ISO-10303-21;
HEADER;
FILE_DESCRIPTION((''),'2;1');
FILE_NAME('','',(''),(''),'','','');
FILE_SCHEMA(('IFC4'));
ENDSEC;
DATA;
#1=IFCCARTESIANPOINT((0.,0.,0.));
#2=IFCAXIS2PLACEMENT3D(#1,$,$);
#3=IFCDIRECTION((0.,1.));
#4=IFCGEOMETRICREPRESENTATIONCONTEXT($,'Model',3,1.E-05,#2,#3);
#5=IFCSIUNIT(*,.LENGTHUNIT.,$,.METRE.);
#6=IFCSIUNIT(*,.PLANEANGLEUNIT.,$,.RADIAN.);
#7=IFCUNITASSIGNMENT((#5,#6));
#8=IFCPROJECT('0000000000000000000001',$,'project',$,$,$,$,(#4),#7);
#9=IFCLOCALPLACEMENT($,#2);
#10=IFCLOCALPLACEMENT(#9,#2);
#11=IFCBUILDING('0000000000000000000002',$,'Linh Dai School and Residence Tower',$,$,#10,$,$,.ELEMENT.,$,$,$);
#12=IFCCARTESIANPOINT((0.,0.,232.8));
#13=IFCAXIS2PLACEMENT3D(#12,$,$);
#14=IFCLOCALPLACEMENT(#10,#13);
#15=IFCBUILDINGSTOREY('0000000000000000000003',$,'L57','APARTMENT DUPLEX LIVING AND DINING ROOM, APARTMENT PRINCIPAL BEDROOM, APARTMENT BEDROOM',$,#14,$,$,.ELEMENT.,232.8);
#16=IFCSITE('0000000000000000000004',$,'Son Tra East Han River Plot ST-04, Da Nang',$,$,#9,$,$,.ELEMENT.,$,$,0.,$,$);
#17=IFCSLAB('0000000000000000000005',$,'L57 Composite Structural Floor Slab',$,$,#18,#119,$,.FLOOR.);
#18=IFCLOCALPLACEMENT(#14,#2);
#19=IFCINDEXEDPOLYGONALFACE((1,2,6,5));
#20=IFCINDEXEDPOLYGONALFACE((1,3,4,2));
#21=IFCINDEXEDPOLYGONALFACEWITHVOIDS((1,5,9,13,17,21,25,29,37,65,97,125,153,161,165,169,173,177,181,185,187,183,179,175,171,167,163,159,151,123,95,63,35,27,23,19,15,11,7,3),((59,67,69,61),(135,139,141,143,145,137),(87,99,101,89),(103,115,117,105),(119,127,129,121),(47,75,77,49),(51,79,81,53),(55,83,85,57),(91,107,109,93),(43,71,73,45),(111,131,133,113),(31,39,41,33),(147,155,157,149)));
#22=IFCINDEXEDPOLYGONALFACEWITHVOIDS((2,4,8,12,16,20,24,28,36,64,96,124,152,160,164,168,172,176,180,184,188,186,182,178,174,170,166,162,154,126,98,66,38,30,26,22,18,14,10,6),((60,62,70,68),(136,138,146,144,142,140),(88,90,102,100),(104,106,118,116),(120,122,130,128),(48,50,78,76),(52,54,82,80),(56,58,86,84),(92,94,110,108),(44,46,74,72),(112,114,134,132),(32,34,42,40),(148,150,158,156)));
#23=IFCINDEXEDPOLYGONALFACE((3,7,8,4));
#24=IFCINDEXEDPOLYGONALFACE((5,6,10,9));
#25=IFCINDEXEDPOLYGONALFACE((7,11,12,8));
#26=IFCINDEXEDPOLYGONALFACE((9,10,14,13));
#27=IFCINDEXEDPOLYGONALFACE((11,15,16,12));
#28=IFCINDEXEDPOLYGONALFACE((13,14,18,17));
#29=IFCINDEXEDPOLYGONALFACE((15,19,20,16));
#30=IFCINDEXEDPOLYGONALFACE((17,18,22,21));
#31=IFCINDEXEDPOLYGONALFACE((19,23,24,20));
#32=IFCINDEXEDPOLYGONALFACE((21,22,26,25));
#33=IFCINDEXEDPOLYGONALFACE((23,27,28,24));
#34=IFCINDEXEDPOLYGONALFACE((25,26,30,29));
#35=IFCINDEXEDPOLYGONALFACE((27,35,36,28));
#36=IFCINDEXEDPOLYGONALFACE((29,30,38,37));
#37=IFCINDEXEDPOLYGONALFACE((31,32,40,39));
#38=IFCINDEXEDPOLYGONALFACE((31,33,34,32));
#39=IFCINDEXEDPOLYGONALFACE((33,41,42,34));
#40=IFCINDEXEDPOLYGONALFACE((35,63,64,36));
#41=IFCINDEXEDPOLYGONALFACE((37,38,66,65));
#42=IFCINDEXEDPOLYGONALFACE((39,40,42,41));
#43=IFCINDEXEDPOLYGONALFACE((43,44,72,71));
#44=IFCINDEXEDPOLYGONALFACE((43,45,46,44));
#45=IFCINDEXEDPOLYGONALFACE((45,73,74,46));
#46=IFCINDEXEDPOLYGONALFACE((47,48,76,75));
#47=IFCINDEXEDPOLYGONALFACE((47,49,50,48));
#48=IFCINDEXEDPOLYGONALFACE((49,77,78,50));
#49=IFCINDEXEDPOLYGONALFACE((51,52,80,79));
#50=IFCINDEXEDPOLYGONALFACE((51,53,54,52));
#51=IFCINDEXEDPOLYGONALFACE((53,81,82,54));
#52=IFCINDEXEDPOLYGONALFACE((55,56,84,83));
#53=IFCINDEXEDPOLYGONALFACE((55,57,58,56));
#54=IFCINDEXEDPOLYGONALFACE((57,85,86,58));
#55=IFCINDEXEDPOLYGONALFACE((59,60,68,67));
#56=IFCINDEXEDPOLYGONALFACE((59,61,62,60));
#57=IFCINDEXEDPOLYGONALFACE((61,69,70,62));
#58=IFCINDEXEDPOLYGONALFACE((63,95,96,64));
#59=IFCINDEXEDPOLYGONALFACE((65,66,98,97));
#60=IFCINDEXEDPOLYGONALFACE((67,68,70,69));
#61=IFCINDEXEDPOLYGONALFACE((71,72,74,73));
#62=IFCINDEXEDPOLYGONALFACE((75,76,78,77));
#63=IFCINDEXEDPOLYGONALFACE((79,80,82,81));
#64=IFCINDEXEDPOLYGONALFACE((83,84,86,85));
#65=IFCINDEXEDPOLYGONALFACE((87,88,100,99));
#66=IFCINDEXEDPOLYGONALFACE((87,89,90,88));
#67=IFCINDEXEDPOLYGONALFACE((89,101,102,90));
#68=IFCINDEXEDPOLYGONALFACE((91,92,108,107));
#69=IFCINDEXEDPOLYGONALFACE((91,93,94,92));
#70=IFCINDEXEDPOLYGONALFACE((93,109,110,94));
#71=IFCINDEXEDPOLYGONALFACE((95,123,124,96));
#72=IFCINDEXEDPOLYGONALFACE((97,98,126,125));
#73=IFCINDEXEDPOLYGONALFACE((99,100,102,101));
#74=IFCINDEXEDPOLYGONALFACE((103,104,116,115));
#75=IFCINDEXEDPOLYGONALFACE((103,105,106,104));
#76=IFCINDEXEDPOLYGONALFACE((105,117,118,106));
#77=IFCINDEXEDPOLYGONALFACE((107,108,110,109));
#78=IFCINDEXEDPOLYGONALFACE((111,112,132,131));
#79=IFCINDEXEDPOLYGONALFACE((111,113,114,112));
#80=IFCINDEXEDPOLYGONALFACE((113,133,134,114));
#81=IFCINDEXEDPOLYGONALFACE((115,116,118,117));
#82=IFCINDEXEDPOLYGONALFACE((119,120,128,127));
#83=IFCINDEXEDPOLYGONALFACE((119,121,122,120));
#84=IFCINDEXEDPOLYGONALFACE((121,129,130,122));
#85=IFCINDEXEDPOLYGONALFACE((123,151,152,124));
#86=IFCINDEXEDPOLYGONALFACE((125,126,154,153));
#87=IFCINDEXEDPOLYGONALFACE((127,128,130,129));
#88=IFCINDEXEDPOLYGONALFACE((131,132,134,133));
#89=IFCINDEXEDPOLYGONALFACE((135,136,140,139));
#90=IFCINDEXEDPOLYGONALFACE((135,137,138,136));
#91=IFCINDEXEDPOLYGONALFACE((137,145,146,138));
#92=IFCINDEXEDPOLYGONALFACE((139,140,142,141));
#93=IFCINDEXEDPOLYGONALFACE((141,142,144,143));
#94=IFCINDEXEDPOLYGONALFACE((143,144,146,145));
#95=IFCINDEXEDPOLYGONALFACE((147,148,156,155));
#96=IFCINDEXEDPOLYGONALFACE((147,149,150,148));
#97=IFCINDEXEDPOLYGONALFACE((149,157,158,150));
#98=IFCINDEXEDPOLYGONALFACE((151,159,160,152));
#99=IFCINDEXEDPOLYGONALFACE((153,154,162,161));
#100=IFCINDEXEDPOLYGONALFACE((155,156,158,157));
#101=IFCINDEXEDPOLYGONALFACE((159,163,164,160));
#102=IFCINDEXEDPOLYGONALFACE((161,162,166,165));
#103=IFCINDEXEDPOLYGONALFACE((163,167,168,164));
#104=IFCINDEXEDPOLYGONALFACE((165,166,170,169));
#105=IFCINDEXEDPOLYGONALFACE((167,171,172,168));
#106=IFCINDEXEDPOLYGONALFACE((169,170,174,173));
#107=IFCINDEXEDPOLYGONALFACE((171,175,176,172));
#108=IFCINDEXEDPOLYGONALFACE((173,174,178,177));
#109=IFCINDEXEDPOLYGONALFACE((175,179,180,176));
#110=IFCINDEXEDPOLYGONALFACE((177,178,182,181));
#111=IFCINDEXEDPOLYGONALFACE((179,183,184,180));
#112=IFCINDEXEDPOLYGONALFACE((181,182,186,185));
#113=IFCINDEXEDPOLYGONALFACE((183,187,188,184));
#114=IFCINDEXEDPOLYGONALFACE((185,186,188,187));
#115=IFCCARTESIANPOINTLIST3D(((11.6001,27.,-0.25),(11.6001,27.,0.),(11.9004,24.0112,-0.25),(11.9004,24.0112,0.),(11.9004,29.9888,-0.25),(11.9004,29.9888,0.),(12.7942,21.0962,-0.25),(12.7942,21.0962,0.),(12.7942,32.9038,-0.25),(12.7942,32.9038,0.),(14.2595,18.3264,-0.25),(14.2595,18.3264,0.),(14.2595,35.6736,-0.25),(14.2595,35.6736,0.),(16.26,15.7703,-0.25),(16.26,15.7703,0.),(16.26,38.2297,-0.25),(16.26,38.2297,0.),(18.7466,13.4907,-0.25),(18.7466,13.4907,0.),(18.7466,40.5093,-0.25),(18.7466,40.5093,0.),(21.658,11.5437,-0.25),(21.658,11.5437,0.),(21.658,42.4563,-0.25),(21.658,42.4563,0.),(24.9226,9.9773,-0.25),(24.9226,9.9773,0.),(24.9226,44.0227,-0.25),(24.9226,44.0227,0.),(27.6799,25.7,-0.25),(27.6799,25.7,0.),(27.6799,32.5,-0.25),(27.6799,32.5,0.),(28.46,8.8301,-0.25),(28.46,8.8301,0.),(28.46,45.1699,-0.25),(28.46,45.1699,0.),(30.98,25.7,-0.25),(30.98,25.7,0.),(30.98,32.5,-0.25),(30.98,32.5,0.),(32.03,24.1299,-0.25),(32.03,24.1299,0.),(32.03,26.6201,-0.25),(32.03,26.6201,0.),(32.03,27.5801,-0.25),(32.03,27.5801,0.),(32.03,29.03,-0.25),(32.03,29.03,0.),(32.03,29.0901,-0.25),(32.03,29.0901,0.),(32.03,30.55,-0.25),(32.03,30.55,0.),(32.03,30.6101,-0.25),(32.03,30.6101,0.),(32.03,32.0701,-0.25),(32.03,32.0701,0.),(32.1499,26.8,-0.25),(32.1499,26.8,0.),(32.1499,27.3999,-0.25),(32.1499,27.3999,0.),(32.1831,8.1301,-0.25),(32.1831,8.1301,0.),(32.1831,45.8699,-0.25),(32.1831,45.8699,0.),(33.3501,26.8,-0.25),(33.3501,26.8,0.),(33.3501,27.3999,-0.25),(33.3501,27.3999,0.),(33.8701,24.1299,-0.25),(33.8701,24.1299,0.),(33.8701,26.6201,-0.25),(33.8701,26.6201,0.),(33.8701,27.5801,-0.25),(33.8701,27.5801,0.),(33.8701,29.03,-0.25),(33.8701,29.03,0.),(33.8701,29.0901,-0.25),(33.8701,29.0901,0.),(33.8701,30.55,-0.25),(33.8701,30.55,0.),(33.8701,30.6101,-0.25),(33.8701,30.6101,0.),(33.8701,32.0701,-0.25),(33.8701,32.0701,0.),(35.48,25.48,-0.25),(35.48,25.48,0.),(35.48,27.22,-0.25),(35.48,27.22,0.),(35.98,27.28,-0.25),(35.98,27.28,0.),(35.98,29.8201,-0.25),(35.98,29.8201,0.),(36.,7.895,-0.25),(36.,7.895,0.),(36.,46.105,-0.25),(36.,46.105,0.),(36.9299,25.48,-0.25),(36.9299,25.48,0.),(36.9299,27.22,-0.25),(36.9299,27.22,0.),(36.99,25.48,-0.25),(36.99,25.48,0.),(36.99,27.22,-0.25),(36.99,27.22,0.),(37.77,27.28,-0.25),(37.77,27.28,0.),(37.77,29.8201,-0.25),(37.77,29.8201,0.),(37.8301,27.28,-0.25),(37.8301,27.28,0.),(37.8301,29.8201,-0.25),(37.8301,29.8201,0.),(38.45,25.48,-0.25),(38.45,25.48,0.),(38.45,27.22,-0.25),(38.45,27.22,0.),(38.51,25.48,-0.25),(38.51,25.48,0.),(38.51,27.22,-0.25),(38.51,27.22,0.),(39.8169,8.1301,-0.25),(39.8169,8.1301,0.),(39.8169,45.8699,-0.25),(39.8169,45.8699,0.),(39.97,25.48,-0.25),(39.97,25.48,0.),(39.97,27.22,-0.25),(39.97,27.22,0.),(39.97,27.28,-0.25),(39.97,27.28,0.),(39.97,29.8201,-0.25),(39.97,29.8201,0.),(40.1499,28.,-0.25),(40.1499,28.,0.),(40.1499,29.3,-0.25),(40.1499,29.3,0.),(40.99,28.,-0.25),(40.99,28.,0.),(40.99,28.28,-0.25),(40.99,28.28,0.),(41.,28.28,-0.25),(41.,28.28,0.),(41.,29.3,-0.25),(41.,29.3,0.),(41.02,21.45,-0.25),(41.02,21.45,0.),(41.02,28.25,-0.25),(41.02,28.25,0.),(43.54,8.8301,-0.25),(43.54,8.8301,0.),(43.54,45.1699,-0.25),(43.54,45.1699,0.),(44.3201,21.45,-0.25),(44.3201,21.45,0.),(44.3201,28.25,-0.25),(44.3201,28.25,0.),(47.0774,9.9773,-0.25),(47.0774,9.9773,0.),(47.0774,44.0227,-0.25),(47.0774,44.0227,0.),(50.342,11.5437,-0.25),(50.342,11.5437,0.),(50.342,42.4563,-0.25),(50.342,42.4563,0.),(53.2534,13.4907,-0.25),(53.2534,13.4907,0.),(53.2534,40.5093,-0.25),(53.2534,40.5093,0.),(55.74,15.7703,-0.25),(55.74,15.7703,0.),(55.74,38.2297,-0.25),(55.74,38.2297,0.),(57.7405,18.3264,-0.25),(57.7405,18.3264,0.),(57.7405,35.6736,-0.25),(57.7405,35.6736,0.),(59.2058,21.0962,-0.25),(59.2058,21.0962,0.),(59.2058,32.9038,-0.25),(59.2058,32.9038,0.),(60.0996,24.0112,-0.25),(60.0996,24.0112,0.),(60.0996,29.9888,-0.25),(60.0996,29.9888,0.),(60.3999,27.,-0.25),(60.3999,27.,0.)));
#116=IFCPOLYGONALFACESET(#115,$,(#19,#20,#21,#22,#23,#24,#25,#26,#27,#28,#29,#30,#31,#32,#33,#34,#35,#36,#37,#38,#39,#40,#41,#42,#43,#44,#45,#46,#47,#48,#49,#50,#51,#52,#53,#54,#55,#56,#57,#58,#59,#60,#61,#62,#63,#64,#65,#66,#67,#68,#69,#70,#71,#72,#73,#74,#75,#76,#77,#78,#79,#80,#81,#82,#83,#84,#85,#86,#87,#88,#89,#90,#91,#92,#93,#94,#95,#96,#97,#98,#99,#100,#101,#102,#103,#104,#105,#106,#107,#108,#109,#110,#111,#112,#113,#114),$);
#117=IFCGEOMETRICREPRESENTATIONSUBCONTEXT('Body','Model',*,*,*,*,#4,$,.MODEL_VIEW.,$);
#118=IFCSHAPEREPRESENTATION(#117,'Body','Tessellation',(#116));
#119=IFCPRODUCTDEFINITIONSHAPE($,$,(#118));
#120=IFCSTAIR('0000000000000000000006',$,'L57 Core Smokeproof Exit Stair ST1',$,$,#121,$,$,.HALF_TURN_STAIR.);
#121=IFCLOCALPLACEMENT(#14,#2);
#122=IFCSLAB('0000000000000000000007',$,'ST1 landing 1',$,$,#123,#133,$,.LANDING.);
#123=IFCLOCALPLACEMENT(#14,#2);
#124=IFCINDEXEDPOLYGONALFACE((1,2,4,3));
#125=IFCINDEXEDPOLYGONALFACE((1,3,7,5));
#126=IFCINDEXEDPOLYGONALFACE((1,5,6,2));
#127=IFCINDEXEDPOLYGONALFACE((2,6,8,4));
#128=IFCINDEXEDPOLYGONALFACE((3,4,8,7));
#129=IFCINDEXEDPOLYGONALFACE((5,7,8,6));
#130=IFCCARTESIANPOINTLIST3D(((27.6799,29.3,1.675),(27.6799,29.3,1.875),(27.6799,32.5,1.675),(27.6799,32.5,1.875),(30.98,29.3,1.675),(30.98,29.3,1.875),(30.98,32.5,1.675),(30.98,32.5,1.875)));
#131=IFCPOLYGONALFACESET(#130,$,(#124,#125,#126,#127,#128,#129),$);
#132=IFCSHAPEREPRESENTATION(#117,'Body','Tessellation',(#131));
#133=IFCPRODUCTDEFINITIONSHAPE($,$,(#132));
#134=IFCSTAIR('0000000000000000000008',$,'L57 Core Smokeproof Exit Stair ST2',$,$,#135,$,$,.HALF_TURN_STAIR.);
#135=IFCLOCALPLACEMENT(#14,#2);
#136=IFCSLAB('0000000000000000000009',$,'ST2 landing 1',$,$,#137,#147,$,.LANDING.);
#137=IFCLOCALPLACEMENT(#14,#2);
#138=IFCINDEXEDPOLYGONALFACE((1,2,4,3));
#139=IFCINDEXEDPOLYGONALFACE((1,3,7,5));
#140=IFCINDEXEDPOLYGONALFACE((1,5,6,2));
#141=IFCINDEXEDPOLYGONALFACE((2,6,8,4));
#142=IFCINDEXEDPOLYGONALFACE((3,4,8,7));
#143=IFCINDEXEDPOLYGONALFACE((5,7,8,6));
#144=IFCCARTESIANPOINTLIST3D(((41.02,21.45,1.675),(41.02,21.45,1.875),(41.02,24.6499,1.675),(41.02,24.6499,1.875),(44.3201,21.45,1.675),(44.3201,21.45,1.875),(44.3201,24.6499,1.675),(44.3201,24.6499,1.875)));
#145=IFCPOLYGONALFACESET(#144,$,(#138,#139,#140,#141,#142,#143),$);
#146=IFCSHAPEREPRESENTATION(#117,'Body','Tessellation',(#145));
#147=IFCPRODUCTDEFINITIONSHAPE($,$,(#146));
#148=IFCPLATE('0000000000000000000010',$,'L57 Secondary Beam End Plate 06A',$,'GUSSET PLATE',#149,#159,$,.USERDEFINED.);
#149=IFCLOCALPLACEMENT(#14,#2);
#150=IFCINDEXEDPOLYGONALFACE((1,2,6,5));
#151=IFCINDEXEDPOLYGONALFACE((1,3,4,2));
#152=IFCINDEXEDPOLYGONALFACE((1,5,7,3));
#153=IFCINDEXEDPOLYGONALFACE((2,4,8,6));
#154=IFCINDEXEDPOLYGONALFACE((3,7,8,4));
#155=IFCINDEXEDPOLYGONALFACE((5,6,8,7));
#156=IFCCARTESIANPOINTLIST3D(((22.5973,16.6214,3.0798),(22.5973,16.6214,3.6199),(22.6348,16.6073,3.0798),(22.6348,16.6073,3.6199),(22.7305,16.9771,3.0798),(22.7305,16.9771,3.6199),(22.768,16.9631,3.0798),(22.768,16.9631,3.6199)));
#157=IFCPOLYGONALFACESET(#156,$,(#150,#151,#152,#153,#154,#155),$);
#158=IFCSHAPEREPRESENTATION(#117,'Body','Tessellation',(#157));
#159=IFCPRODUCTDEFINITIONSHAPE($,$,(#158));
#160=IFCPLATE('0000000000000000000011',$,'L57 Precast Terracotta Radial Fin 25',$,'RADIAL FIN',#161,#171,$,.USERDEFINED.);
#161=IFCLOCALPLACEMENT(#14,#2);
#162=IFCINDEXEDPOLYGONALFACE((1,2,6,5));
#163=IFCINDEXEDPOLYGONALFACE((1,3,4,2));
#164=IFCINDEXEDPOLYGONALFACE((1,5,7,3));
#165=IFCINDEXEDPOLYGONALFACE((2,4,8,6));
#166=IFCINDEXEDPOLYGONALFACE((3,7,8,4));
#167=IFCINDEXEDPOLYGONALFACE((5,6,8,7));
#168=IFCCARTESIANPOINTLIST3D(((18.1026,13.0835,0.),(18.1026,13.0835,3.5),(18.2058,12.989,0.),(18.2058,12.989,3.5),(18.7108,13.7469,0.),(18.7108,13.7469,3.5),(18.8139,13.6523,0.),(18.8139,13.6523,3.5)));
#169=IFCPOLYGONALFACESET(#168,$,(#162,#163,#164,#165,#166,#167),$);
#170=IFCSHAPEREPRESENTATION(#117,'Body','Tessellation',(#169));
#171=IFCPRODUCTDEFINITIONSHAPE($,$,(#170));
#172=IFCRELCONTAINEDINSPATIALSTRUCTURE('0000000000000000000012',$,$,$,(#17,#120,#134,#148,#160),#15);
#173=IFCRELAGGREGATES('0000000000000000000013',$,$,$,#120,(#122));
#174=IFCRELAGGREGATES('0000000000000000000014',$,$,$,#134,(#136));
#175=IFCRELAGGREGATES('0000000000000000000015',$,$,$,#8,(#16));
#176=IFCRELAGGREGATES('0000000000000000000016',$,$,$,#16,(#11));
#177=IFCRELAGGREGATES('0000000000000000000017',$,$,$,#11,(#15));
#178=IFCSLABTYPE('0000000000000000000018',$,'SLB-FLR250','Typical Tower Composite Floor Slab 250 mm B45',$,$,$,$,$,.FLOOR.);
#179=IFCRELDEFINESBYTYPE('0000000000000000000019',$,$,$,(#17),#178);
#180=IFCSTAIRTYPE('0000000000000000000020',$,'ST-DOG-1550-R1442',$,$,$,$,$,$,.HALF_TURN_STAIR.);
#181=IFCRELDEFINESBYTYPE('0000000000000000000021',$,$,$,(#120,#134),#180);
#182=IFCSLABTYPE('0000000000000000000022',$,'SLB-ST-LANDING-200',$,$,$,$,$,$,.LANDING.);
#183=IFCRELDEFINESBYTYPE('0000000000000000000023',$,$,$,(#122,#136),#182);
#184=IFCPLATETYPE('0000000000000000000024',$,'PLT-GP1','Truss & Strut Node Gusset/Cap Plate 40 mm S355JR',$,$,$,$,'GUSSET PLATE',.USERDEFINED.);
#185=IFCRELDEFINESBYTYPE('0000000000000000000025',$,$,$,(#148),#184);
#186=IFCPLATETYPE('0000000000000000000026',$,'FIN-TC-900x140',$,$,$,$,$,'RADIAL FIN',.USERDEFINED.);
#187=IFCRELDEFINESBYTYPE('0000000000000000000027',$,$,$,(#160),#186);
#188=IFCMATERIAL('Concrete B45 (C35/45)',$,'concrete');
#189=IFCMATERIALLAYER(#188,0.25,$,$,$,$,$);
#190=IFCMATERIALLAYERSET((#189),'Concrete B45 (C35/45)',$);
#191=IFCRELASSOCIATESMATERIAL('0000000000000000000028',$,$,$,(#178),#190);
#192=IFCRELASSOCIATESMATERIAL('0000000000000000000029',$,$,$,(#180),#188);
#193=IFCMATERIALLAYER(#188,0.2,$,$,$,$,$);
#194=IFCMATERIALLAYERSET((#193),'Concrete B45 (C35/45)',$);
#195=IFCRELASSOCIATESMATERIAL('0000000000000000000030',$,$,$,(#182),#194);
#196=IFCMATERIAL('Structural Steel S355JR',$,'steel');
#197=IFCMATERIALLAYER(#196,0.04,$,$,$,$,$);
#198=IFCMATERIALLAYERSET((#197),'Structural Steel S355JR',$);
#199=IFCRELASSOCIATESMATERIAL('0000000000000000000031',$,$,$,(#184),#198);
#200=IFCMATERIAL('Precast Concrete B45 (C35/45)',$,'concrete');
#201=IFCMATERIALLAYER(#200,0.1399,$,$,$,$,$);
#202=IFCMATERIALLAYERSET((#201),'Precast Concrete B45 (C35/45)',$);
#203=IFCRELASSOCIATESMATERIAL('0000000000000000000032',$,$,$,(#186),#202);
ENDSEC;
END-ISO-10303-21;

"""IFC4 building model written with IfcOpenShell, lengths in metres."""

from ifc_helpers import new_model, si_unit, direction, frame, origin, origin_2d, place, context, subcontext, project, spatial, polyline, rectangle, outline, extrude, source, transform, mapped, material, layer, layer_set, type_object, element, aggregate, save


model = new_model("IFC4")

# Units and contexts
model_context = context("Model", 3, precision=1e-05, world=origin(), true_north=direction((0.0, 1.0)))
body_context = subcontext(model_context, "Body", "Model", "MODEL_VIEW")
ifc_project = project(units=[si_unit("LENGTHUNIT", "METRE"), si_unit("PLANEANGLEUNIT", "RADIAN")], contexts=[model_context])

# Site, building, storey
site_placement = place(None, origin())
site = spatial("IfcSite", under=ifc_project, at=site_placement, Name="Son Tra East Han River Plot ST-04, Da Nang", CompositionType="ELEMENT", RefElevation=0.0)
building_placement = place(site_placement, origin())
building = spatial("IfcBuilding", under=site, at=building_placement, Name="Linh Dai School and Residence Tower", CompositionType="ELEMENT")
storey_placement = place(building_placement, frame((0.0, 0.0, 232.8)))
storey = spatial("IfcBuildingStorey", under=building, at=storey_placement, Name="L57", Description="APARTMENT DUPLEX LIVING AND DINING ROOM, APARTMENT PRINCIPAL BEDROOM, APARTMENT BEDROOM", CompositionType="ELEMENT", Elevation=232.8)

# Shared definitions
ifc_material_1 = material(Name="Structural Steel S355JR", Category="steel")

# Slab
ifc_material_2 = material(Name="Concrete B45 (C35/45)", Category="concrete")
ifc_layer_1 = layer(ifc_material_2, 0.25)
ifc_layer_set_1 = layer_set([ifc_layer_1], Name="Concrete B45 (C35/45)")
slab_type_1 = type_object("IfcSlabType", Name="SLB-FLR250", Description="Typical Tower Composite Floor Slab 250 mm B45", PredefinedType="FLOOR", material=ifc_layer_set_1)
slab_1_placement = place(storey_placement, frame((0.0, 0.0, -0.25)))
element("IfcSlab", 1, at=slab_1_placement, inside=storey, type_object=slab_type_1, Name="L57 Composite Structural Floor Slab", PredefinedType="FLOOR", context=body_context, shape_type="SweptSolid", body=[
    extrude(outline(polyline([(60.3999, 27.0), (60.0996, 29.9888), (59.2058, 32.9038), (57.7405, 35.6736), (55.74, 38.2297), (53.2534, 40.5093), (50.342, 42.4563), (47.0774, 44.0227), (43.54, 45.1699), (39.8169, 45.8699), (36.0, 46.105), (32.1831, 45.8699), (28.46, 45.1699), (24.9226, 44.0227), (21.658, 42.4563), (18.7466, 40.5093), (16.26, 38.2297), (14.2595, 35.6736), (12.7942, 32.9038), (11.9004, 29.9888), (11.6001, 27.0), (11.9004, 24.0112), (12.7942, 21.0962), (14.2595, 18.3264), (16.26, 15.7703), (18.7466, 13.4907), (21.658, 11.5437), (24.9226, 9.9773), (28.46, 8.8301), (32.1831, 8.1301), (36.0, 7.895), (39.8169, 8.1301), (43.54, 8.8301), (47.0774, 9.9773), (50.342, 11.5437), (53.2534, 13.4907), (55.74, 15.7703), (57.7405, 18.3264), (59.2058, 21.0962), (60.0996, 24.0112), (60.3999, 27.0)]), holes=[polyline([(30.98, 25.7), (30.98, 32.5), (27.6799, 32.5), (27.6799, 25.7), (30.98, 25.7)]), polyline([(41.02, 28.25), (41.02, 21.45), (44.3201, 21.45), (44.3201, 28.25), (41.02, 28.25)]), polyline([(35.98, 27.28), (37.77, 27.28), (37.77, 29.8201), (35.98, 29.8201), (35.98, 27.28)]), polyline([(32.03, 24.1299), (33.8701, 24.1299), (33.8701, 26.6201), (32.03, 26.6201), (32.03, 24.1299)]), polyline([(37.8301, 27.28), (39.97, 27.28), (39.97, 29.8201), (37.8301, 29.8201), (37.8301, 27.28)]), polyline([(32.03, 27.5801), (33.8701, 27.5801), (33.8701, 29.03), (32.03, 29.03), (32.03, 27.5801)]), polyline([(32.03, 29.0901), (33.8701, 29.0901), (33.8701, 30.55), (32.03, 30.55), (32.03, 29.0901)]), polyline([(32.03, 30.6101), (33.8701, 30.6101), (33.8701, 32.0701), (32.03, 32.0701), (32.03, 30.6101)]), polyline([(35.48, 25.48), (36.9299, 25.48), (36.9299, 27.22), (35.48, 27.22), (35.48, 25.48)]), polyline([(36.99, 25.48), (38.45, 25.48), (38.45, 27.22), (36.99, 27.22), (36.99, 25.48)]), polyline([(38.51, 25.48), (39.97, 25.48), (39.97, 27.22), (38.51, 27.22), (38.51, 25.48)]), polyline([(40.1499, 28.0), (40.1499, 29.3), (41.0, 29.3), (41.0, 28.28), (40.99, 28.28), (40.99, 28.0), (40.1499, 28.0)]), polyline([(32.1499, 26.8), (33.3501, 26.8), (33.3501, 27.3999), (32.1499, 27.3999), (32.1499, 26.8)])]), origin(), (0.0, 0.0, 1.0), 0.25),
])

# Stairs, slabs
stair_type = type_object("IfcStairType", Name="ST-DOG-1550-R1442", PredefinedType="HALF_TURN_STAIR", material=ifc_material_2)
stair_1_placement = place(storey_placement, origin())
stair_1 = element("IfcStair", 2, at=stair_1_placement, inside=storey, type_object=stair_type, Name="L57 Core Smokeproof Exit Stair ST1", PredefinedType="HALF_TURN_STAIR")
ifc_layer_2 = layer(ifc_material_2, 0.2)
ifc_layer_set_2 = layer_set([ifc_layer_2], Name="Concrete B45 (C35/45)")
slab_type_2 = type_object("IfcSlabType", Name="SLB-ST-LANDING-200", PredefinedType="LANDING", material=ifc_layer_set_2)
slab_2_placement = place(storey_placement, frame((0.0, 0.0, 1.675)))
slab_2 = element("IfcSlab", 3, at=slab_2_placement, type_object=slab_type_2, Name="ST1 landing 1", PredefinedType="LANDING", context=body_context, shape_type="SweptSolid", body=[
    extrude(outline(polyline([(30.98, 29.3), (30.98, 32.5), (27.6799, 32.5), (27.6799, 29.3), (30.98, 29.3)])), origin(), (0.0, 0.0, 1.0), 0.2),
])
aggregate(stair_1, [slab_2])
stair_2_placement = place(storey_placement, origin())
stair_2 = element("IfcStair", 4, at=stair_2_placement, inside=storey, type_object=stair_type, Name="L57 Core Smokeproof Exit Stair ST2", PredefinedType="HALF_TURN_STAIR")
slab_3_placement = place(storey_placement, frame((0.0, 0.0, 1.675)))
slab_3 = element("IfcSlab", 5, at=slab_3_placement, type_object=slab_type_2, Name="ST2 landing 1", PredefinedType="LANDING", context=body_context, shape_type="SweptSolid", body=[
    extrude(outline(polyline([(41.02, 24.6499), (41.02, 21.45), (44.3201, 21.45), (44.3201, 24.6499), (41.02, 24.6499)])), origin(), (0.0, 0.0, 1.0), 0.2),
])
aggregate(stair_2, [slab_3])

# Plates
ifc_layer_3 = layer(ifc_material_1, 0.04)
ifc_layer_set_3 = layer_set([ifc_layer_3], Name="Structural Steel S355JR")
plate_type_1 = type_object("IfcPlateType", Name="PLT-GP1", Description="Truss & Strut Node Gusset/Cap Plate 40 mm S355JR", ElementType="GUSSET PLATE", PredefinedType="USERDEFINED", material=ifc_layer_set_3)
shared_shape_1 = source(origin(), body_context, "Body", "SweptSolid", [
    extrude(rectangle(XDim=0.04, YDim=0.3799, at=origin_2d()), origin(), (0.0, 0.0, 1.0), 0.54),
])
plate_1_placement = place(storey_placement, frame((22.6826, 16.7922, 3.0798), z_axis=(0.0, 0.0, 1.0), x_axis=(0.936534, -0.350577, 0.0)))
element("IfcPlate", 6, at=plate_1_placement, inside=storey, type_object=plate_type_1, Name="L57 Secondary Beam End Plate 06A", ObjectType="GUSSET PLATE", PredefinedType="USERDEFINED", context=body_context, shape_type="MappedRepresentation", body=[
    mapped(shared_shape_1, transform((0.0, 0.0, 0.0), x_axis=(1.0, 0.0, 0.0), y_axis=(0.0, 1.0, 0.0), z_axis=(0.0, 0.0, 1.0), scale=1.0)),
])
ifc_material_3 = material(Name="Precast Concrete B45 (C35/45)", Category="concrete")
ifc_layer_4 = layer(ifc_material_3, 0.1399)
ifc_layer_set_4 = layer_set([ifc_layer_4], Name="Precast Concrete B45 (C35/45)")
plate_type_2 = type_object("IfcPlateType", Name="FIN-TC-900x140", ElementType="RADIAL FIN", PredefinedType="USERDEFINED", material=ifc_layer_set_4)
shared_shape_2 = source(origin(), body_context, "Body", "SweptSolid", [
    extrude(rectangle(XDim=0.8999, YDim=0.1399, at=origin_2d()), origin(), (0.0, 0.0, 1.0), 3.5),
])
plate_2_placement = place(storey_placement, frame((18.4583, 13.3679, 0.0), z_axis=(0.0, 0.0, 1.0), x_axis=(-0.675756, -0.737125, 0.0)))
element("IfcPlate", 7, at=plate_2_placement, inside=storey, type_object=plate_type_2, Name="L57 Precast Terracotta Radial Fin 25", ObjectType="RADIAL FIN", PredefinedType="USERDEFINED", context=body_context, shape_type="MappedRepresentation", body=[
    mapped(shared_shape_2, transform((0.0, 0.0, 0.0), x_axis=(1.0, 0.0, 0.0), y_axis=(0.0, 1.0, 0.0), z_axis=(0.0, 0.0, 1.0), scale=1.0)),
])

save(model, "model.ifc")
